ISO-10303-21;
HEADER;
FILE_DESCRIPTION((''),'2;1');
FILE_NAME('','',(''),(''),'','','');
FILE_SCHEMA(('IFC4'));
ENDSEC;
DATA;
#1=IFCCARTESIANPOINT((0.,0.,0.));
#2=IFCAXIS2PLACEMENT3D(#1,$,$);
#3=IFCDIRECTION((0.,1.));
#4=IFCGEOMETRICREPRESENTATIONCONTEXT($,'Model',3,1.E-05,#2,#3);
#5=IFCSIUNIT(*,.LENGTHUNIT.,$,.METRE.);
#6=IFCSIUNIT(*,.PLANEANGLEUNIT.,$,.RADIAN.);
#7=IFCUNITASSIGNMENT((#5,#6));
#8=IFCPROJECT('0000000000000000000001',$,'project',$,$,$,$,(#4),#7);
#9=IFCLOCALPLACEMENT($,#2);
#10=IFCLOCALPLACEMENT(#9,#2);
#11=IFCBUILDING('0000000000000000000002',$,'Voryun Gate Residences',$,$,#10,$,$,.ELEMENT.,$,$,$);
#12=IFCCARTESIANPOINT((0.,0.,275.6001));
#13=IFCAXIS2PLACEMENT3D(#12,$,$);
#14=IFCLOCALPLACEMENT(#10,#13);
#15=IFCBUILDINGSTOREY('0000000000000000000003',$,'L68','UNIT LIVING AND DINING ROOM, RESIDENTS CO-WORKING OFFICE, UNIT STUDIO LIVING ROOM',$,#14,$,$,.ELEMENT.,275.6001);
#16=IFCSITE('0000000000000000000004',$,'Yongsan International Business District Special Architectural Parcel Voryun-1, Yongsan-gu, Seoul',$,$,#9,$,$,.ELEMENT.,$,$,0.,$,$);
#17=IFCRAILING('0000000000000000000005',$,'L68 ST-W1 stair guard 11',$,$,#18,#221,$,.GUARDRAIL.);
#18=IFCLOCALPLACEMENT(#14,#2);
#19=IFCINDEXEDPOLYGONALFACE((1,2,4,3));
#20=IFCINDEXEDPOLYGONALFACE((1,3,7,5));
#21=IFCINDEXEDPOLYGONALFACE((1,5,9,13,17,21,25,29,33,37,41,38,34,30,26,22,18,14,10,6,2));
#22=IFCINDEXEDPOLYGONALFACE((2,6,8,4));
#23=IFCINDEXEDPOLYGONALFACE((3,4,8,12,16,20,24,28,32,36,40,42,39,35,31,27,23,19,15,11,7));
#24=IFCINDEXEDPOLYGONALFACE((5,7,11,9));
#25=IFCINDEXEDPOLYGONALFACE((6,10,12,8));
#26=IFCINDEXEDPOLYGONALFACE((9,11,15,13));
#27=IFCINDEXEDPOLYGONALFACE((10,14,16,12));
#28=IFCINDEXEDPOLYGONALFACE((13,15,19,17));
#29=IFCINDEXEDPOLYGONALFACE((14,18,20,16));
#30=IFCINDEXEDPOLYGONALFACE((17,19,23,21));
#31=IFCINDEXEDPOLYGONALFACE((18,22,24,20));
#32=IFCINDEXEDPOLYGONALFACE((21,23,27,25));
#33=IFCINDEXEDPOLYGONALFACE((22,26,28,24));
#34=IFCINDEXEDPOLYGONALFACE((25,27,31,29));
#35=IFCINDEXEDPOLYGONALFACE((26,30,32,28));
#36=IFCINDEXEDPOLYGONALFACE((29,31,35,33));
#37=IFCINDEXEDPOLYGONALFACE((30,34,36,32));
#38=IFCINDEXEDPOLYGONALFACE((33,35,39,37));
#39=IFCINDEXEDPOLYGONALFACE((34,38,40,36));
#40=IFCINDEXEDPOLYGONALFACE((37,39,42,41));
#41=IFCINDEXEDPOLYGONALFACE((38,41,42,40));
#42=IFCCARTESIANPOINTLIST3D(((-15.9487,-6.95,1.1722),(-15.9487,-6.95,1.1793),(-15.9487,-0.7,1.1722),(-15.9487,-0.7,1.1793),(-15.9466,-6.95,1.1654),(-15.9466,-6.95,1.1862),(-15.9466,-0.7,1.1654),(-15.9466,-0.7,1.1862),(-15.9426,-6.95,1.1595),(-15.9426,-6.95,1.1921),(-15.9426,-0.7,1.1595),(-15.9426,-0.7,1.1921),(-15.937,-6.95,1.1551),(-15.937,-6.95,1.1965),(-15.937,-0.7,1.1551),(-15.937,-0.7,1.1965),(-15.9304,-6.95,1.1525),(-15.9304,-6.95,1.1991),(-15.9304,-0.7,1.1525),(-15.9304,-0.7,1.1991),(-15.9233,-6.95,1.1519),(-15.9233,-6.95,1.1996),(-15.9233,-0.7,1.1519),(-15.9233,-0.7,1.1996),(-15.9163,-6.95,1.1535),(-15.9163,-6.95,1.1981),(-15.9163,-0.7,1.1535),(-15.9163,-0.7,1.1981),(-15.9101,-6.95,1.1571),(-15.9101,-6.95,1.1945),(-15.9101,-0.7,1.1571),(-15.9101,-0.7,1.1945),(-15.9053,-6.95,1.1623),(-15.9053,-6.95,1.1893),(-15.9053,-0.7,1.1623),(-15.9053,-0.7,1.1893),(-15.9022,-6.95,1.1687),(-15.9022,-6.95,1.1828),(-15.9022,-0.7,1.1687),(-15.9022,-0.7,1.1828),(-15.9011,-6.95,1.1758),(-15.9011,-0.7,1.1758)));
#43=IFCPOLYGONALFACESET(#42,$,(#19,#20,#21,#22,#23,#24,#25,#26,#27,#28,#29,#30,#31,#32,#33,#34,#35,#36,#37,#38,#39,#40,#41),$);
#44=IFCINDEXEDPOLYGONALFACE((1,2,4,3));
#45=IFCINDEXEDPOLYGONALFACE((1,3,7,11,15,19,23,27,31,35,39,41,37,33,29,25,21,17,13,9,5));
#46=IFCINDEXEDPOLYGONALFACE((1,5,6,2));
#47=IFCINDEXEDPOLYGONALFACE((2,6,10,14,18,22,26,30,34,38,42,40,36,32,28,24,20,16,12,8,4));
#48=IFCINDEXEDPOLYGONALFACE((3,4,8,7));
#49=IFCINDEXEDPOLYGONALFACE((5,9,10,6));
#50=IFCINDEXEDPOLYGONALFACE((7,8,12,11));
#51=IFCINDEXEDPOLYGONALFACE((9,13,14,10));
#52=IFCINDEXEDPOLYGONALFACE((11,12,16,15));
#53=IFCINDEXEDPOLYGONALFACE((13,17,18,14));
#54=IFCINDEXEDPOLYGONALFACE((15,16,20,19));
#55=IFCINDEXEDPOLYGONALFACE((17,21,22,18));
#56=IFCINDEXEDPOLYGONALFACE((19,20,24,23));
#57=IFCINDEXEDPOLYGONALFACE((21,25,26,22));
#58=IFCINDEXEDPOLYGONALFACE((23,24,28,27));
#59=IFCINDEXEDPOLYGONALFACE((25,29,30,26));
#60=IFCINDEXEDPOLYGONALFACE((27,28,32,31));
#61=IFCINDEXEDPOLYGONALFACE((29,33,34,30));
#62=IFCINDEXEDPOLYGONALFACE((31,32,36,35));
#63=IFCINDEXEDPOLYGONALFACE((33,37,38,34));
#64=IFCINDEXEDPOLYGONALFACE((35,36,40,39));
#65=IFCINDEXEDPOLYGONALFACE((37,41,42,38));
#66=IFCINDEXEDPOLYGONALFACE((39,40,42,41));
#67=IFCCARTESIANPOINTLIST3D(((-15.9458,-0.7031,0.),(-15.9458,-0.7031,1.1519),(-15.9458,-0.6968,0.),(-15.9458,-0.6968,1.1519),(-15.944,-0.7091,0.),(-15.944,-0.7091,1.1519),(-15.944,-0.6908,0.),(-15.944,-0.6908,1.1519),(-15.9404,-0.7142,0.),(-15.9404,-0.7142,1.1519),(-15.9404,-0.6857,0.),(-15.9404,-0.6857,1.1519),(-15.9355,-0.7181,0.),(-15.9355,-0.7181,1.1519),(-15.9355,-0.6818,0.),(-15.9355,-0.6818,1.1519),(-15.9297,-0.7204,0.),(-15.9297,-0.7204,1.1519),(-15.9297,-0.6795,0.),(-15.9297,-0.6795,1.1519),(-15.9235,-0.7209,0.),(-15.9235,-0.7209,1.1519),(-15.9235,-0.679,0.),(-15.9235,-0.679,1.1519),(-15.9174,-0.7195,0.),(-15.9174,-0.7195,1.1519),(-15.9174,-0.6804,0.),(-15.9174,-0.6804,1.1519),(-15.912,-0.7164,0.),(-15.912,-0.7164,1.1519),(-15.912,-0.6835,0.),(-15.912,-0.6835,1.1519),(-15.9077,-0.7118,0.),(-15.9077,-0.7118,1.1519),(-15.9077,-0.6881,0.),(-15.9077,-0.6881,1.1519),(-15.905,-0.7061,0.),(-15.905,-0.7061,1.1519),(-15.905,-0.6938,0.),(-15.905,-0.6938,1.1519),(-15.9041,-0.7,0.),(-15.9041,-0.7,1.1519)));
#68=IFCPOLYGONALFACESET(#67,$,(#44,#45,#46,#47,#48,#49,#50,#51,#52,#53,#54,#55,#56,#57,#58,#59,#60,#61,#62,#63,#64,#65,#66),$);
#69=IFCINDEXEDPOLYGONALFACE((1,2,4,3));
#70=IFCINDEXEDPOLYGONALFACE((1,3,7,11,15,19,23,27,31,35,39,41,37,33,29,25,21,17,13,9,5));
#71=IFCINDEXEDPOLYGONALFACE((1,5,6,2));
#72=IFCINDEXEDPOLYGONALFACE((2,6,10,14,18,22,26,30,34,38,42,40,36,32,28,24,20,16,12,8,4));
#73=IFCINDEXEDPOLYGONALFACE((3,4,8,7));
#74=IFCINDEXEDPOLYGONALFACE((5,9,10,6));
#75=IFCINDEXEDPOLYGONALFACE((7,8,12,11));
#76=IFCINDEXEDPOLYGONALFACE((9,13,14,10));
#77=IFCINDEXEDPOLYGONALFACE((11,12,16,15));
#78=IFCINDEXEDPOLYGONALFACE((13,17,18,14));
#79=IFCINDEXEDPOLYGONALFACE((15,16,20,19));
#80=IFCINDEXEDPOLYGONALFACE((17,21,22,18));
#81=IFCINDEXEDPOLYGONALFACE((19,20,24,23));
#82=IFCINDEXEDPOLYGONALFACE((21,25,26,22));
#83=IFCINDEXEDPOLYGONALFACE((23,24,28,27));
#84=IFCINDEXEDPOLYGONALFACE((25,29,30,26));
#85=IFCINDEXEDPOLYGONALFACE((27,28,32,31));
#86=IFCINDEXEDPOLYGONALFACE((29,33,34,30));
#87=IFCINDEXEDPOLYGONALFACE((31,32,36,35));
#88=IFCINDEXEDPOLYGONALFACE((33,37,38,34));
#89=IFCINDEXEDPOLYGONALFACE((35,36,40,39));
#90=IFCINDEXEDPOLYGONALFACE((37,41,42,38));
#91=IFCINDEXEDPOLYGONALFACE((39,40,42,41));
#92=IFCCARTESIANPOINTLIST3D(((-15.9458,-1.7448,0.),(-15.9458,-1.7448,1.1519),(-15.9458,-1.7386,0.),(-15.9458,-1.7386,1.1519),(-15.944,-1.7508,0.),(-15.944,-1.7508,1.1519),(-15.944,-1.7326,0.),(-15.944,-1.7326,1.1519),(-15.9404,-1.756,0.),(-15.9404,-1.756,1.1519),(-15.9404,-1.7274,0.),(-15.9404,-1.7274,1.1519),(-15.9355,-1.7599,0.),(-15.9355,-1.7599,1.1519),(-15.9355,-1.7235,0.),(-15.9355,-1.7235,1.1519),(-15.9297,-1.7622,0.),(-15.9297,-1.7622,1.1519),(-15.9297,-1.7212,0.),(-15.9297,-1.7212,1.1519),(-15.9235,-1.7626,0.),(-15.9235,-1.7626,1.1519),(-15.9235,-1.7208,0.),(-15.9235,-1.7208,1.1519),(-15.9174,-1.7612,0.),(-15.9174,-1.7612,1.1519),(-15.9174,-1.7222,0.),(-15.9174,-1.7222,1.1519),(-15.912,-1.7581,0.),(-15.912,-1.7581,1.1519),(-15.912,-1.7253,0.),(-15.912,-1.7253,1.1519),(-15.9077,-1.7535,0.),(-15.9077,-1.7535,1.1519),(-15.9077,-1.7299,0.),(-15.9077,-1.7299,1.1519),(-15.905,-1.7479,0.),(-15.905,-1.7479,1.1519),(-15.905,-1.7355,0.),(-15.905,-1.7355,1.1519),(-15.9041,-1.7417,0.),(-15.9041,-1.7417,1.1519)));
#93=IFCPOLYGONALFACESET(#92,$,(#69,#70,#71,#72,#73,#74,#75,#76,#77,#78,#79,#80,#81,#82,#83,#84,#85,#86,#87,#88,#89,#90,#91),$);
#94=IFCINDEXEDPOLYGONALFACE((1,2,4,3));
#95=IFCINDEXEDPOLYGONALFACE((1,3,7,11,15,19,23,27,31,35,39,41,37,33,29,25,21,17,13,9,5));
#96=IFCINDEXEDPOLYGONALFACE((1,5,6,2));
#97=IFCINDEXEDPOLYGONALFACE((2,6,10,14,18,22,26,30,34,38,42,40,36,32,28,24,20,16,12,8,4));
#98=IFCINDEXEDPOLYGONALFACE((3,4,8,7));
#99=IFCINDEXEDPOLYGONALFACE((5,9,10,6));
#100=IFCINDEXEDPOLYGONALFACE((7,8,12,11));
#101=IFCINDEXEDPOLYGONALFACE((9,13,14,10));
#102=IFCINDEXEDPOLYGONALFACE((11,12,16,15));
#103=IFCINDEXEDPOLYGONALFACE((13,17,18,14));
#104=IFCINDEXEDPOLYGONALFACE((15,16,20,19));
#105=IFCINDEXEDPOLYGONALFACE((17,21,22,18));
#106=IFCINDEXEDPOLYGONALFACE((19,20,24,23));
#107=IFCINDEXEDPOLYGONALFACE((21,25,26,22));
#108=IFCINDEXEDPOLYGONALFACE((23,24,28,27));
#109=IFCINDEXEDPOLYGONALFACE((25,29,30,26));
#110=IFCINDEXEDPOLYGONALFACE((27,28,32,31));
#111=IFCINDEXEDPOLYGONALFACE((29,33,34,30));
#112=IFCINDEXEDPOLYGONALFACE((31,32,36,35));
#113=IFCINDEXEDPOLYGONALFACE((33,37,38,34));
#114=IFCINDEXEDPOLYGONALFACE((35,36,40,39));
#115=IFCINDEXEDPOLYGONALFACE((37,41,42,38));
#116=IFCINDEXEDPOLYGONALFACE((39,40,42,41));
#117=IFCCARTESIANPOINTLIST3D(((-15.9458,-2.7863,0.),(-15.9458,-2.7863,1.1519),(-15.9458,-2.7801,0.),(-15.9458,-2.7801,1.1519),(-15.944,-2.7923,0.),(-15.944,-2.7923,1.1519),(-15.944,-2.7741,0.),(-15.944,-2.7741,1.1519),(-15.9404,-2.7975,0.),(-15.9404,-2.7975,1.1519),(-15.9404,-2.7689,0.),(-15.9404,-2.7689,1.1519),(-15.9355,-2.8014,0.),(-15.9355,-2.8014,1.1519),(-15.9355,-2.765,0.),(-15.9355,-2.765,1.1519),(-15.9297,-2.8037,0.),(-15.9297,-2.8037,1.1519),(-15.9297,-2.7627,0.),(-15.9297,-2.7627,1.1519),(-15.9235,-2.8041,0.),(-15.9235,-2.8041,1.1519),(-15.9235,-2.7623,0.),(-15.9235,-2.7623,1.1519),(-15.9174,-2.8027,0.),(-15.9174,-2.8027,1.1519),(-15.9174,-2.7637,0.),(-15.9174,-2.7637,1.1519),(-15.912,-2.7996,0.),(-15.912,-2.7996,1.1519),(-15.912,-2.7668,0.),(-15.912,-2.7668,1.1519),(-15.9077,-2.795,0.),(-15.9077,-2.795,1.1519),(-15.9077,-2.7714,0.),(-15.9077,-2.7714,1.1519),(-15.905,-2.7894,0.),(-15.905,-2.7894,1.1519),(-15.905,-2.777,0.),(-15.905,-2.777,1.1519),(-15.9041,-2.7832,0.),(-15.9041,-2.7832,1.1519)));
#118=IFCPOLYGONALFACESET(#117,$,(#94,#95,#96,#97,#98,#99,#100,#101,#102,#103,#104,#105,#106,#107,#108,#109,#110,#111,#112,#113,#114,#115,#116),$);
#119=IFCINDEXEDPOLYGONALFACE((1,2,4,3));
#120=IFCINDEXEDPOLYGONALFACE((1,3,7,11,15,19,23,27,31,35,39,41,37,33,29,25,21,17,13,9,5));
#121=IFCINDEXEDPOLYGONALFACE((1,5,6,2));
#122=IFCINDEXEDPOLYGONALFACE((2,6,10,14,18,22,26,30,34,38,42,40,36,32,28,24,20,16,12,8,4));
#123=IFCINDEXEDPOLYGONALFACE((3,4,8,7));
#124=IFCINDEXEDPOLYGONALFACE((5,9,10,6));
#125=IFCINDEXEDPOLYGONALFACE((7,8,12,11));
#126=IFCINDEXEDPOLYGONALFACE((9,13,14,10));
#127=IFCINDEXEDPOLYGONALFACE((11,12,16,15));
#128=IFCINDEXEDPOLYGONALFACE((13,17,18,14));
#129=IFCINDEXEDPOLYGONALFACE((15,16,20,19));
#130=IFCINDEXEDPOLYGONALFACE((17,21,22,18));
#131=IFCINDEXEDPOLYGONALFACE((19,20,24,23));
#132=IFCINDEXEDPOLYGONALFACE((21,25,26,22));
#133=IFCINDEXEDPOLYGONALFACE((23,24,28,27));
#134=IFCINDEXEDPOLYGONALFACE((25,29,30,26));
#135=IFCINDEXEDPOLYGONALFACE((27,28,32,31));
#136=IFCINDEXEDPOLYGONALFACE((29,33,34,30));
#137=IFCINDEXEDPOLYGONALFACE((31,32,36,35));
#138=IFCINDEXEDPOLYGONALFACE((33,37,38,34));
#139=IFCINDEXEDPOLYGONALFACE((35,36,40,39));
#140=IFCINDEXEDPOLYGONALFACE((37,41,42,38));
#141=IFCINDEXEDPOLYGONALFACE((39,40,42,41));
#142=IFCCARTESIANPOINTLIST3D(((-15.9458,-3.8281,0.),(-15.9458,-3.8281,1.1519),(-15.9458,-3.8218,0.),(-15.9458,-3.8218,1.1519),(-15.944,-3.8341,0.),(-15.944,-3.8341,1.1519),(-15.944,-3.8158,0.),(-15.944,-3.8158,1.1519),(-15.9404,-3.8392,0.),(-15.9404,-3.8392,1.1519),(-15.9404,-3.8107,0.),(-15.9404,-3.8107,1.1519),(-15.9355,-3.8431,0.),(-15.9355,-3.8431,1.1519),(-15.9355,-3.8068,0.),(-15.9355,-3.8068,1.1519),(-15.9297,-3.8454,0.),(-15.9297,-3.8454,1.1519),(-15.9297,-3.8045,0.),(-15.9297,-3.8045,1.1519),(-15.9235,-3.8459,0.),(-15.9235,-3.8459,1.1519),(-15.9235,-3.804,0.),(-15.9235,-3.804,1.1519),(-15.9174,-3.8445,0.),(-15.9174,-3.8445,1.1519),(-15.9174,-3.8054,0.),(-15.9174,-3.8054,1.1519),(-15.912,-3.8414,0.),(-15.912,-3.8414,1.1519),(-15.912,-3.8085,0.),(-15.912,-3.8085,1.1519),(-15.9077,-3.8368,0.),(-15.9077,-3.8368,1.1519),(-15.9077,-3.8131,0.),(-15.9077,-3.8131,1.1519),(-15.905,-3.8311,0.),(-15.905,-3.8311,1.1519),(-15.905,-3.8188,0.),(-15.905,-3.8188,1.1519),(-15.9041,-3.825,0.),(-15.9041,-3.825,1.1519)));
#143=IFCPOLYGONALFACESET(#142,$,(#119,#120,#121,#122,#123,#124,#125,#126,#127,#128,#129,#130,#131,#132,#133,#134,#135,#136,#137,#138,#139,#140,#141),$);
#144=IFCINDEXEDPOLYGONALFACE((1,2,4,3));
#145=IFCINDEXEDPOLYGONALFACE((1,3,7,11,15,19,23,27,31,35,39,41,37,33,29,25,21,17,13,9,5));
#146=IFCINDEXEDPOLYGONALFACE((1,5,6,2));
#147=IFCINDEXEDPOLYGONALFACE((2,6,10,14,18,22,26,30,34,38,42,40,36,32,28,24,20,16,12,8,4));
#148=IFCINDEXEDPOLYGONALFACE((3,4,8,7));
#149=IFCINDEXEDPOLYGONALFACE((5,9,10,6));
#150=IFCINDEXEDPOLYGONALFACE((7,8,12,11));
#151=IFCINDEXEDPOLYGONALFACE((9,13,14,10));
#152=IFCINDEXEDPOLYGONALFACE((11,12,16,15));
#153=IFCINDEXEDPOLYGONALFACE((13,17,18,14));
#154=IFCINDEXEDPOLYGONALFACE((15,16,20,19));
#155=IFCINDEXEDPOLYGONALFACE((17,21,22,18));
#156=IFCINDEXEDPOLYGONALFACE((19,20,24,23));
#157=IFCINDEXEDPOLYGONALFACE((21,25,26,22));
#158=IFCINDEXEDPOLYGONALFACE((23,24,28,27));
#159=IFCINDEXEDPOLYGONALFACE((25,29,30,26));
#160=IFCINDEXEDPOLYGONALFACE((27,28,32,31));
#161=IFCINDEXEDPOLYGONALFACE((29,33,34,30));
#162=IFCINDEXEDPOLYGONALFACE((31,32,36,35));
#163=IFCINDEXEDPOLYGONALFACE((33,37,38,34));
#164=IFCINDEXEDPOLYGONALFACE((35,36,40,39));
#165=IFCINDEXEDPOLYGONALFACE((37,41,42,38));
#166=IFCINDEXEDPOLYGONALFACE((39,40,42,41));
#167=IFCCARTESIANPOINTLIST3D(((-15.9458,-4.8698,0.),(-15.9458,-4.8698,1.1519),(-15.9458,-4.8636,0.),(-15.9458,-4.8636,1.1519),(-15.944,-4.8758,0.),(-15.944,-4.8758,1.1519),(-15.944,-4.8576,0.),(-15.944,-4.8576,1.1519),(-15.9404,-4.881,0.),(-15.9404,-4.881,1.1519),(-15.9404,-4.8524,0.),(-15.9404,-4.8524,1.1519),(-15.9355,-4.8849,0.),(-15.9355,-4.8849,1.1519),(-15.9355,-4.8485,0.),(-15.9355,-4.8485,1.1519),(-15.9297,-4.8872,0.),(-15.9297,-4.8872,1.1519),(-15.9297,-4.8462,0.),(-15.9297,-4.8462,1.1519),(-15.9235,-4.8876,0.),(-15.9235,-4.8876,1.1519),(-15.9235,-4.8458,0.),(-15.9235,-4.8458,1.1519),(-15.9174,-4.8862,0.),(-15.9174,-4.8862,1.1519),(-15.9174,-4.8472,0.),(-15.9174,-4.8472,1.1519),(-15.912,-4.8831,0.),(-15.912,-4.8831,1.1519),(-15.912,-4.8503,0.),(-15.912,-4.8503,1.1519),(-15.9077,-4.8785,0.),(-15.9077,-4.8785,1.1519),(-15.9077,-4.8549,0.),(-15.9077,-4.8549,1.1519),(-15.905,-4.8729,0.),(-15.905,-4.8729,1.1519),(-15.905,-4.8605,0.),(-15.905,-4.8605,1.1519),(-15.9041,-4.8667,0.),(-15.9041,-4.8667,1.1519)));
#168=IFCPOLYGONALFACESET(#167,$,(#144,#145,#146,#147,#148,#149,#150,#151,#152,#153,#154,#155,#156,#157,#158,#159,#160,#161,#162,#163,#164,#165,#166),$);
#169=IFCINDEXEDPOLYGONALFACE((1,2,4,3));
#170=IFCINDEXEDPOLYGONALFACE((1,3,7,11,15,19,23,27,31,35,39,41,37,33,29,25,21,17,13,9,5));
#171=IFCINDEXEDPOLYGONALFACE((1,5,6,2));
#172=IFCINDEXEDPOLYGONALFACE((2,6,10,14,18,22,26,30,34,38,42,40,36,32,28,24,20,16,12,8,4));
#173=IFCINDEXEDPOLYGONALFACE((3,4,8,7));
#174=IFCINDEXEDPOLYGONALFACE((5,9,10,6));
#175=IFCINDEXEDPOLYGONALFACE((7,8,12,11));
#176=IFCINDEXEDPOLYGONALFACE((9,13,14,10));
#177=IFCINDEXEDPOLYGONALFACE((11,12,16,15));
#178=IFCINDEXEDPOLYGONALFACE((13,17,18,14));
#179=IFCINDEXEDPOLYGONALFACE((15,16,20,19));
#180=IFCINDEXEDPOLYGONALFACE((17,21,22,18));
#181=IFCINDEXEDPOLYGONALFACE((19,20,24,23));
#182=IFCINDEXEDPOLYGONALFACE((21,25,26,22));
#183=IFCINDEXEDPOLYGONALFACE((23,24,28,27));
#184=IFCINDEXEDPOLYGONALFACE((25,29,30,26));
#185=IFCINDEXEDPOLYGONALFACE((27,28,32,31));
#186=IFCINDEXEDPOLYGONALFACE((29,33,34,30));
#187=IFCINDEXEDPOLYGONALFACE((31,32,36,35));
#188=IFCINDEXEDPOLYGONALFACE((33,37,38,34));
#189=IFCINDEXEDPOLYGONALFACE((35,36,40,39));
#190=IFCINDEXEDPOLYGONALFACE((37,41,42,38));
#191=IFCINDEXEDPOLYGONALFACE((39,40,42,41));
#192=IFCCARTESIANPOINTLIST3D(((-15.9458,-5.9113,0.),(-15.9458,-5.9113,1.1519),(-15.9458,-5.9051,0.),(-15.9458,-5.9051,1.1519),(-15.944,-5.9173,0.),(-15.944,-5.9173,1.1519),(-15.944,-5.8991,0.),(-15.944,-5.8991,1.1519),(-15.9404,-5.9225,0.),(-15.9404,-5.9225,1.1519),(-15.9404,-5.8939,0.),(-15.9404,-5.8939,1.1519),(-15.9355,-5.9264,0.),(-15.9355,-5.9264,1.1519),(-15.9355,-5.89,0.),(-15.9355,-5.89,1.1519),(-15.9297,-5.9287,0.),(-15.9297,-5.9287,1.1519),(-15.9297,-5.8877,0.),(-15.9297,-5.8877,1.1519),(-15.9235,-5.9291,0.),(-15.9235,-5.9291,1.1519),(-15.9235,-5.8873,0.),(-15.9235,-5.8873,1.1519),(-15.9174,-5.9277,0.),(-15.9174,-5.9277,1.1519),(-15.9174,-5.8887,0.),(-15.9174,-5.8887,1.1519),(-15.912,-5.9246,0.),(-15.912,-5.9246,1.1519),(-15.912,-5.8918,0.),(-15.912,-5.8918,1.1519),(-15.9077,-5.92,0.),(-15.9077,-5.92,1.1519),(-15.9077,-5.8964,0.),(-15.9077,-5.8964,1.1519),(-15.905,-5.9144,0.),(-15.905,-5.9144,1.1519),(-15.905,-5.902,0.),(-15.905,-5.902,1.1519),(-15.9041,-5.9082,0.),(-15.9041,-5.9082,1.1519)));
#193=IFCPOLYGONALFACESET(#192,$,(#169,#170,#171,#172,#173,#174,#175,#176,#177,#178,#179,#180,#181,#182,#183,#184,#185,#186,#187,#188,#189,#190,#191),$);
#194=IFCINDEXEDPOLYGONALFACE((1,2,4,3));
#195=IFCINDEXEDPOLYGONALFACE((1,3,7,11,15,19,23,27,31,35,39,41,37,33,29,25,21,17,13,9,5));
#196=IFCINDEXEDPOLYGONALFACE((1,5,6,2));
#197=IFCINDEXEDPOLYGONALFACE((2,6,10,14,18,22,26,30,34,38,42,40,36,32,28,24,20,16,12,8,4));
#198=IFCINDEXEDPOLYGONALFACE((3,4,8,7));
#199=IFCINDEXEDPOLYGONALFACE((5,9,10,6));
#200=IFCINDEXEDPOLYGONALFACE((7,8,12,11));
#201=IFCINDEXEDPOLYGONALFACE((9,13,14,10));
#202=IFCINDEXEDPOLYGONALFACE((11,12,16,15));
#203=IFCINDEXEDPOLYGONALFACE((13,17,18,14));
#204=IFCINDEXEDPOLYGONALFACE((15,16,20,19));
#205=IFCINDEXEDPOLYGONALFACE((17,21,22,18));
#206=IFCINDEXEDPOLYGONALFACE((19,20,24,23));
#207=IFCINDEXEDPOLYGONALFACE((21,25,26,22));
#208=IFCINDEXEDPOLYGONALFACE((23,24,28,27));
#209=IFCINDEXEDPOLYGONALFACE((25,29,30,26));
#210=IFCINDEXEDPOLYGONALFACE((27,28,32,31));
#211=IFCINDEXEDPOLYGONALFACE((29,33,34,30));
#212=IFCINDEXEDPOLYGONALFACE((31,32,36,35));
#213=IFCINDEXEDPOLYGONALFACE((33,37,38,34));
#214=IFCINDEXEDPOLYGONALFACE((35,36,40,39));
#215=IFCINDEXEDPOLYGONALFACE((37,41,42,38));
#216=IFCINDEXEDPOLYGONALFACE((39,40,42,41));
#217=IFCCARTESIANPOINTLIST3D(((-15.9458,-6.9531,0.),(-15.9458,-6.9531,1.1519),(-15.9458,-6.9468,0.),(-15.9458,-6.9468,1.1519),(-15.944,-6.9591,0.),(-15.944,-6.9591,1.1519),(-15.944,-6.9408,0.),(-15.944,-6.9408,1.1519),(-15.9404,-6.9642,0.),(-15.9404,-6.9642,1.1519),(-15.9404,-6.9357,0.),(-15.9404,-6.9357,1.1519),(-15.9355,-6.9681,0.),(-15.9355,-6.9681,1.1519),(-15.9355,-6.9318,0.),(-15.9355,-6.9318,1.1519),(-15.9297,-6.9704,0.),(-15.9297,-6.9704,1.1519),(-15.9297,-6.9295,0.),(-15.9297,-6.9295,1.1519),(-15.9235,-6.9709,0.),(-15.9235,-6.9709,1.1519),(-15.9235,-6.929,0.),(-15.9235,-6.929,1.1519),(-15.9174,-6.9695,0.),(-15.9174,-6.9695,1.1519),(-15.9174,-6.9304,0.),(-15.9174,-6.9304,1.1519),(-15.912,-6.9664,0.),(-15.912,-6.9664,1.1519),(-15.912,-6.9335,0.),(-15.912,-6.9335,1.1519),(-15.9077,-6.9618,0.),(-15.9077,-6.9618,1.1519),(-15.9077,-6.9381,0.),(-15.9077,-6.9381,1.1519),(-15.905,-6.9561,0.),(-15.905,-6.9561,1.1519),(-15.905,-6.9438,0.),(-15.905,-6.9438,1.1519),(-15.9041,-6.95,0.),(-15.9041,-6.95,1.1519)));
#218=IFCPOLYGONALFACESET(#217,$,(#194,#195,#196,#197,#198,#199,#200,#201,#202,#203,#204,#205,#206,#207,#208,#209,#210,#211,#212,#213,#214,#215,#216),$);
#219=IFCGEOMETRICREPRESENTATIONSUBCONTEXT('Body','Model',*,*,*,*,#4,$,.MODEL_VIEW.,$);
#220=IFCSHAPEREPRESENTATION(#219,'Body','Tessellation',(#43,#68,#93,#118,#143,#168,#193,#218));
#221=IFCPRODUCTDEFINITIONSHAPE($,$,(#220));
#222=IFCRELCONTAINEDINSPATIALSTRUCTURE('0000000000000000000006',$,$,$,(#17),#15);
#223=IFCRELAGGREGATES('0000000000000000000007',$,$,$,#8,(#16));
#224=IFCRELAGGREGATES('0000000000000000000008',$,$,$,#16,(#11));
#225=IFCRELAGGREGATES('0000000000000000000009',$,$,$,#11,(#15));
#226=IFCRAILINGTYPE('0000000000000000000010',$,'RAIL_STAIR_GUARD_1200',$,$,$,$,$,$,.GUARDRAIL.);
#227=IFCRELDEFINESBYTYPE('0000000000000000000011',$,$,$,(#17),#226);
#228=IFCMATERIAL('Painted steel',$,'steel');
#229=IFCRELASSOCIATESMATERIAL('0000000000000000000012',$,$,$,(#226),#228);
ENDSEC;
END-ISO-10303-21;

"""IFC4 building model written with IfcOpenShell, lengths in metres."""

from ifc_helpers import new_model, si_unit, direction, frame, origin, origin_2d, place, context, subcontext, project, spatial, circle, extrude, material, type_object, element, save


model = new_model("IFC4")

# Units and contexts
model_context = context("Model", 3, precision=1e-05, world=origin(), true_north=direction((0.0, 1.0)))
body_context = subcontext(model_context, "Body", "Model", "MODEL_VIEW")
ifc_project = project(units=[si_unit("LENGTHUNIT", "METRE"), si_unit("PLANEANGLEUNIT", "RADIAN")], contexts=[model_context])

# Site, building, storey
site_placement = place(None, origin())
site = spatial("IfcSite", under=ifc_project, at=site_placement, Name="Yongsan International Business District Special Architectural Parcel Voryun-1, Yongsan-gu, Seoul", CompositionType="ELEMENT", RefElevation=0.0)
building_placement = place(site_placement, origin())
building = spatial("IfcBuilding", under=site, at=building_placement, Name="Voryun Gate Residences", CompositionType="ELEMENT")
storey_placement = place(building_placement, frame((0.0, 0.0, 275.6001)))
storey = spatial("IfcBuildingStorey", under=building, at=storey_placement, Name="L68", Description="UNIT LIVING AND DINING ROOM, RESIDENTS CO-WORKING OFFICE, UNIT STUDIO LIVING ROOM", CompositionType="ELEMENT", Elevation=275.6001)

# Railing
ifc_material_1 = material(Name="Painted steel", Category="steel")
railing_type_1 = type_object("IfcRailingType", Name="RAIL_STAIR_GUARD_1200", PredefinedType="GUARDRAIL", material=ifc_material_1)
railing_1_placement = place(storey_placement, frame((-15.925, -0.7, 0.0)))
element("IfcRailing", 1, at=railing_1_placement, inside=storey, type_object=railing_type_1, Name="L68 ST-W1 stair guard 11", PredefinedType="GUARDRAIL", context=body_context, shape_type="SweptSolid", body=[
    extrude(circle(Radius=0.0239, at=origin_2d()), frame((0.0, 0.0, 1.1758), z_axis=(0.0, -1.0, 0.0), x_axis=(1.0, 0.0, 0.0)), (0.0, 0.0, 1.0), 6.25),
    extrude(circle(Radius=0.021, at=origin_2d()), origin(), (0.0, 0.0, 1.0), 1.1519),
    extrude(circle(Radius=0.021, at=origin_2d()), frame((0.0, -1.0417, 0.0)), (0.0, 0.0, 1.0), 1.1519),
    extrude(circle(Radius=0.021, at=origin_2d()), frame((0.0, -2.0833, 0.0)), (0.0, 0.0, 1.0), 1.1519),
    extrude(circle(Radius=0.021, at=origin_2d()), frame((0.0, -3.125, 0.0)), (0.0, 0.0, 1.0), 1.1519),
    extrude(circle(Radius=0.021, at=origin_2d()), frame((0.0, -4.1667, 0.0)), (0.0, 0.0, 1.0), 1.1519),
    extrude(circle(Radius=0.021, at=origin_2d()), frame((0.0, -5.2083, 0.0)), (0.0, 0.0, 1.0), 1.1519),
    extrude(circle(Radius=0.021, at=origin_2d()), frame((0.0, -6.25, 0.0)), (0.0, 0.0, 1.0), 1.1519),
])

save(model, "model.ifc")
